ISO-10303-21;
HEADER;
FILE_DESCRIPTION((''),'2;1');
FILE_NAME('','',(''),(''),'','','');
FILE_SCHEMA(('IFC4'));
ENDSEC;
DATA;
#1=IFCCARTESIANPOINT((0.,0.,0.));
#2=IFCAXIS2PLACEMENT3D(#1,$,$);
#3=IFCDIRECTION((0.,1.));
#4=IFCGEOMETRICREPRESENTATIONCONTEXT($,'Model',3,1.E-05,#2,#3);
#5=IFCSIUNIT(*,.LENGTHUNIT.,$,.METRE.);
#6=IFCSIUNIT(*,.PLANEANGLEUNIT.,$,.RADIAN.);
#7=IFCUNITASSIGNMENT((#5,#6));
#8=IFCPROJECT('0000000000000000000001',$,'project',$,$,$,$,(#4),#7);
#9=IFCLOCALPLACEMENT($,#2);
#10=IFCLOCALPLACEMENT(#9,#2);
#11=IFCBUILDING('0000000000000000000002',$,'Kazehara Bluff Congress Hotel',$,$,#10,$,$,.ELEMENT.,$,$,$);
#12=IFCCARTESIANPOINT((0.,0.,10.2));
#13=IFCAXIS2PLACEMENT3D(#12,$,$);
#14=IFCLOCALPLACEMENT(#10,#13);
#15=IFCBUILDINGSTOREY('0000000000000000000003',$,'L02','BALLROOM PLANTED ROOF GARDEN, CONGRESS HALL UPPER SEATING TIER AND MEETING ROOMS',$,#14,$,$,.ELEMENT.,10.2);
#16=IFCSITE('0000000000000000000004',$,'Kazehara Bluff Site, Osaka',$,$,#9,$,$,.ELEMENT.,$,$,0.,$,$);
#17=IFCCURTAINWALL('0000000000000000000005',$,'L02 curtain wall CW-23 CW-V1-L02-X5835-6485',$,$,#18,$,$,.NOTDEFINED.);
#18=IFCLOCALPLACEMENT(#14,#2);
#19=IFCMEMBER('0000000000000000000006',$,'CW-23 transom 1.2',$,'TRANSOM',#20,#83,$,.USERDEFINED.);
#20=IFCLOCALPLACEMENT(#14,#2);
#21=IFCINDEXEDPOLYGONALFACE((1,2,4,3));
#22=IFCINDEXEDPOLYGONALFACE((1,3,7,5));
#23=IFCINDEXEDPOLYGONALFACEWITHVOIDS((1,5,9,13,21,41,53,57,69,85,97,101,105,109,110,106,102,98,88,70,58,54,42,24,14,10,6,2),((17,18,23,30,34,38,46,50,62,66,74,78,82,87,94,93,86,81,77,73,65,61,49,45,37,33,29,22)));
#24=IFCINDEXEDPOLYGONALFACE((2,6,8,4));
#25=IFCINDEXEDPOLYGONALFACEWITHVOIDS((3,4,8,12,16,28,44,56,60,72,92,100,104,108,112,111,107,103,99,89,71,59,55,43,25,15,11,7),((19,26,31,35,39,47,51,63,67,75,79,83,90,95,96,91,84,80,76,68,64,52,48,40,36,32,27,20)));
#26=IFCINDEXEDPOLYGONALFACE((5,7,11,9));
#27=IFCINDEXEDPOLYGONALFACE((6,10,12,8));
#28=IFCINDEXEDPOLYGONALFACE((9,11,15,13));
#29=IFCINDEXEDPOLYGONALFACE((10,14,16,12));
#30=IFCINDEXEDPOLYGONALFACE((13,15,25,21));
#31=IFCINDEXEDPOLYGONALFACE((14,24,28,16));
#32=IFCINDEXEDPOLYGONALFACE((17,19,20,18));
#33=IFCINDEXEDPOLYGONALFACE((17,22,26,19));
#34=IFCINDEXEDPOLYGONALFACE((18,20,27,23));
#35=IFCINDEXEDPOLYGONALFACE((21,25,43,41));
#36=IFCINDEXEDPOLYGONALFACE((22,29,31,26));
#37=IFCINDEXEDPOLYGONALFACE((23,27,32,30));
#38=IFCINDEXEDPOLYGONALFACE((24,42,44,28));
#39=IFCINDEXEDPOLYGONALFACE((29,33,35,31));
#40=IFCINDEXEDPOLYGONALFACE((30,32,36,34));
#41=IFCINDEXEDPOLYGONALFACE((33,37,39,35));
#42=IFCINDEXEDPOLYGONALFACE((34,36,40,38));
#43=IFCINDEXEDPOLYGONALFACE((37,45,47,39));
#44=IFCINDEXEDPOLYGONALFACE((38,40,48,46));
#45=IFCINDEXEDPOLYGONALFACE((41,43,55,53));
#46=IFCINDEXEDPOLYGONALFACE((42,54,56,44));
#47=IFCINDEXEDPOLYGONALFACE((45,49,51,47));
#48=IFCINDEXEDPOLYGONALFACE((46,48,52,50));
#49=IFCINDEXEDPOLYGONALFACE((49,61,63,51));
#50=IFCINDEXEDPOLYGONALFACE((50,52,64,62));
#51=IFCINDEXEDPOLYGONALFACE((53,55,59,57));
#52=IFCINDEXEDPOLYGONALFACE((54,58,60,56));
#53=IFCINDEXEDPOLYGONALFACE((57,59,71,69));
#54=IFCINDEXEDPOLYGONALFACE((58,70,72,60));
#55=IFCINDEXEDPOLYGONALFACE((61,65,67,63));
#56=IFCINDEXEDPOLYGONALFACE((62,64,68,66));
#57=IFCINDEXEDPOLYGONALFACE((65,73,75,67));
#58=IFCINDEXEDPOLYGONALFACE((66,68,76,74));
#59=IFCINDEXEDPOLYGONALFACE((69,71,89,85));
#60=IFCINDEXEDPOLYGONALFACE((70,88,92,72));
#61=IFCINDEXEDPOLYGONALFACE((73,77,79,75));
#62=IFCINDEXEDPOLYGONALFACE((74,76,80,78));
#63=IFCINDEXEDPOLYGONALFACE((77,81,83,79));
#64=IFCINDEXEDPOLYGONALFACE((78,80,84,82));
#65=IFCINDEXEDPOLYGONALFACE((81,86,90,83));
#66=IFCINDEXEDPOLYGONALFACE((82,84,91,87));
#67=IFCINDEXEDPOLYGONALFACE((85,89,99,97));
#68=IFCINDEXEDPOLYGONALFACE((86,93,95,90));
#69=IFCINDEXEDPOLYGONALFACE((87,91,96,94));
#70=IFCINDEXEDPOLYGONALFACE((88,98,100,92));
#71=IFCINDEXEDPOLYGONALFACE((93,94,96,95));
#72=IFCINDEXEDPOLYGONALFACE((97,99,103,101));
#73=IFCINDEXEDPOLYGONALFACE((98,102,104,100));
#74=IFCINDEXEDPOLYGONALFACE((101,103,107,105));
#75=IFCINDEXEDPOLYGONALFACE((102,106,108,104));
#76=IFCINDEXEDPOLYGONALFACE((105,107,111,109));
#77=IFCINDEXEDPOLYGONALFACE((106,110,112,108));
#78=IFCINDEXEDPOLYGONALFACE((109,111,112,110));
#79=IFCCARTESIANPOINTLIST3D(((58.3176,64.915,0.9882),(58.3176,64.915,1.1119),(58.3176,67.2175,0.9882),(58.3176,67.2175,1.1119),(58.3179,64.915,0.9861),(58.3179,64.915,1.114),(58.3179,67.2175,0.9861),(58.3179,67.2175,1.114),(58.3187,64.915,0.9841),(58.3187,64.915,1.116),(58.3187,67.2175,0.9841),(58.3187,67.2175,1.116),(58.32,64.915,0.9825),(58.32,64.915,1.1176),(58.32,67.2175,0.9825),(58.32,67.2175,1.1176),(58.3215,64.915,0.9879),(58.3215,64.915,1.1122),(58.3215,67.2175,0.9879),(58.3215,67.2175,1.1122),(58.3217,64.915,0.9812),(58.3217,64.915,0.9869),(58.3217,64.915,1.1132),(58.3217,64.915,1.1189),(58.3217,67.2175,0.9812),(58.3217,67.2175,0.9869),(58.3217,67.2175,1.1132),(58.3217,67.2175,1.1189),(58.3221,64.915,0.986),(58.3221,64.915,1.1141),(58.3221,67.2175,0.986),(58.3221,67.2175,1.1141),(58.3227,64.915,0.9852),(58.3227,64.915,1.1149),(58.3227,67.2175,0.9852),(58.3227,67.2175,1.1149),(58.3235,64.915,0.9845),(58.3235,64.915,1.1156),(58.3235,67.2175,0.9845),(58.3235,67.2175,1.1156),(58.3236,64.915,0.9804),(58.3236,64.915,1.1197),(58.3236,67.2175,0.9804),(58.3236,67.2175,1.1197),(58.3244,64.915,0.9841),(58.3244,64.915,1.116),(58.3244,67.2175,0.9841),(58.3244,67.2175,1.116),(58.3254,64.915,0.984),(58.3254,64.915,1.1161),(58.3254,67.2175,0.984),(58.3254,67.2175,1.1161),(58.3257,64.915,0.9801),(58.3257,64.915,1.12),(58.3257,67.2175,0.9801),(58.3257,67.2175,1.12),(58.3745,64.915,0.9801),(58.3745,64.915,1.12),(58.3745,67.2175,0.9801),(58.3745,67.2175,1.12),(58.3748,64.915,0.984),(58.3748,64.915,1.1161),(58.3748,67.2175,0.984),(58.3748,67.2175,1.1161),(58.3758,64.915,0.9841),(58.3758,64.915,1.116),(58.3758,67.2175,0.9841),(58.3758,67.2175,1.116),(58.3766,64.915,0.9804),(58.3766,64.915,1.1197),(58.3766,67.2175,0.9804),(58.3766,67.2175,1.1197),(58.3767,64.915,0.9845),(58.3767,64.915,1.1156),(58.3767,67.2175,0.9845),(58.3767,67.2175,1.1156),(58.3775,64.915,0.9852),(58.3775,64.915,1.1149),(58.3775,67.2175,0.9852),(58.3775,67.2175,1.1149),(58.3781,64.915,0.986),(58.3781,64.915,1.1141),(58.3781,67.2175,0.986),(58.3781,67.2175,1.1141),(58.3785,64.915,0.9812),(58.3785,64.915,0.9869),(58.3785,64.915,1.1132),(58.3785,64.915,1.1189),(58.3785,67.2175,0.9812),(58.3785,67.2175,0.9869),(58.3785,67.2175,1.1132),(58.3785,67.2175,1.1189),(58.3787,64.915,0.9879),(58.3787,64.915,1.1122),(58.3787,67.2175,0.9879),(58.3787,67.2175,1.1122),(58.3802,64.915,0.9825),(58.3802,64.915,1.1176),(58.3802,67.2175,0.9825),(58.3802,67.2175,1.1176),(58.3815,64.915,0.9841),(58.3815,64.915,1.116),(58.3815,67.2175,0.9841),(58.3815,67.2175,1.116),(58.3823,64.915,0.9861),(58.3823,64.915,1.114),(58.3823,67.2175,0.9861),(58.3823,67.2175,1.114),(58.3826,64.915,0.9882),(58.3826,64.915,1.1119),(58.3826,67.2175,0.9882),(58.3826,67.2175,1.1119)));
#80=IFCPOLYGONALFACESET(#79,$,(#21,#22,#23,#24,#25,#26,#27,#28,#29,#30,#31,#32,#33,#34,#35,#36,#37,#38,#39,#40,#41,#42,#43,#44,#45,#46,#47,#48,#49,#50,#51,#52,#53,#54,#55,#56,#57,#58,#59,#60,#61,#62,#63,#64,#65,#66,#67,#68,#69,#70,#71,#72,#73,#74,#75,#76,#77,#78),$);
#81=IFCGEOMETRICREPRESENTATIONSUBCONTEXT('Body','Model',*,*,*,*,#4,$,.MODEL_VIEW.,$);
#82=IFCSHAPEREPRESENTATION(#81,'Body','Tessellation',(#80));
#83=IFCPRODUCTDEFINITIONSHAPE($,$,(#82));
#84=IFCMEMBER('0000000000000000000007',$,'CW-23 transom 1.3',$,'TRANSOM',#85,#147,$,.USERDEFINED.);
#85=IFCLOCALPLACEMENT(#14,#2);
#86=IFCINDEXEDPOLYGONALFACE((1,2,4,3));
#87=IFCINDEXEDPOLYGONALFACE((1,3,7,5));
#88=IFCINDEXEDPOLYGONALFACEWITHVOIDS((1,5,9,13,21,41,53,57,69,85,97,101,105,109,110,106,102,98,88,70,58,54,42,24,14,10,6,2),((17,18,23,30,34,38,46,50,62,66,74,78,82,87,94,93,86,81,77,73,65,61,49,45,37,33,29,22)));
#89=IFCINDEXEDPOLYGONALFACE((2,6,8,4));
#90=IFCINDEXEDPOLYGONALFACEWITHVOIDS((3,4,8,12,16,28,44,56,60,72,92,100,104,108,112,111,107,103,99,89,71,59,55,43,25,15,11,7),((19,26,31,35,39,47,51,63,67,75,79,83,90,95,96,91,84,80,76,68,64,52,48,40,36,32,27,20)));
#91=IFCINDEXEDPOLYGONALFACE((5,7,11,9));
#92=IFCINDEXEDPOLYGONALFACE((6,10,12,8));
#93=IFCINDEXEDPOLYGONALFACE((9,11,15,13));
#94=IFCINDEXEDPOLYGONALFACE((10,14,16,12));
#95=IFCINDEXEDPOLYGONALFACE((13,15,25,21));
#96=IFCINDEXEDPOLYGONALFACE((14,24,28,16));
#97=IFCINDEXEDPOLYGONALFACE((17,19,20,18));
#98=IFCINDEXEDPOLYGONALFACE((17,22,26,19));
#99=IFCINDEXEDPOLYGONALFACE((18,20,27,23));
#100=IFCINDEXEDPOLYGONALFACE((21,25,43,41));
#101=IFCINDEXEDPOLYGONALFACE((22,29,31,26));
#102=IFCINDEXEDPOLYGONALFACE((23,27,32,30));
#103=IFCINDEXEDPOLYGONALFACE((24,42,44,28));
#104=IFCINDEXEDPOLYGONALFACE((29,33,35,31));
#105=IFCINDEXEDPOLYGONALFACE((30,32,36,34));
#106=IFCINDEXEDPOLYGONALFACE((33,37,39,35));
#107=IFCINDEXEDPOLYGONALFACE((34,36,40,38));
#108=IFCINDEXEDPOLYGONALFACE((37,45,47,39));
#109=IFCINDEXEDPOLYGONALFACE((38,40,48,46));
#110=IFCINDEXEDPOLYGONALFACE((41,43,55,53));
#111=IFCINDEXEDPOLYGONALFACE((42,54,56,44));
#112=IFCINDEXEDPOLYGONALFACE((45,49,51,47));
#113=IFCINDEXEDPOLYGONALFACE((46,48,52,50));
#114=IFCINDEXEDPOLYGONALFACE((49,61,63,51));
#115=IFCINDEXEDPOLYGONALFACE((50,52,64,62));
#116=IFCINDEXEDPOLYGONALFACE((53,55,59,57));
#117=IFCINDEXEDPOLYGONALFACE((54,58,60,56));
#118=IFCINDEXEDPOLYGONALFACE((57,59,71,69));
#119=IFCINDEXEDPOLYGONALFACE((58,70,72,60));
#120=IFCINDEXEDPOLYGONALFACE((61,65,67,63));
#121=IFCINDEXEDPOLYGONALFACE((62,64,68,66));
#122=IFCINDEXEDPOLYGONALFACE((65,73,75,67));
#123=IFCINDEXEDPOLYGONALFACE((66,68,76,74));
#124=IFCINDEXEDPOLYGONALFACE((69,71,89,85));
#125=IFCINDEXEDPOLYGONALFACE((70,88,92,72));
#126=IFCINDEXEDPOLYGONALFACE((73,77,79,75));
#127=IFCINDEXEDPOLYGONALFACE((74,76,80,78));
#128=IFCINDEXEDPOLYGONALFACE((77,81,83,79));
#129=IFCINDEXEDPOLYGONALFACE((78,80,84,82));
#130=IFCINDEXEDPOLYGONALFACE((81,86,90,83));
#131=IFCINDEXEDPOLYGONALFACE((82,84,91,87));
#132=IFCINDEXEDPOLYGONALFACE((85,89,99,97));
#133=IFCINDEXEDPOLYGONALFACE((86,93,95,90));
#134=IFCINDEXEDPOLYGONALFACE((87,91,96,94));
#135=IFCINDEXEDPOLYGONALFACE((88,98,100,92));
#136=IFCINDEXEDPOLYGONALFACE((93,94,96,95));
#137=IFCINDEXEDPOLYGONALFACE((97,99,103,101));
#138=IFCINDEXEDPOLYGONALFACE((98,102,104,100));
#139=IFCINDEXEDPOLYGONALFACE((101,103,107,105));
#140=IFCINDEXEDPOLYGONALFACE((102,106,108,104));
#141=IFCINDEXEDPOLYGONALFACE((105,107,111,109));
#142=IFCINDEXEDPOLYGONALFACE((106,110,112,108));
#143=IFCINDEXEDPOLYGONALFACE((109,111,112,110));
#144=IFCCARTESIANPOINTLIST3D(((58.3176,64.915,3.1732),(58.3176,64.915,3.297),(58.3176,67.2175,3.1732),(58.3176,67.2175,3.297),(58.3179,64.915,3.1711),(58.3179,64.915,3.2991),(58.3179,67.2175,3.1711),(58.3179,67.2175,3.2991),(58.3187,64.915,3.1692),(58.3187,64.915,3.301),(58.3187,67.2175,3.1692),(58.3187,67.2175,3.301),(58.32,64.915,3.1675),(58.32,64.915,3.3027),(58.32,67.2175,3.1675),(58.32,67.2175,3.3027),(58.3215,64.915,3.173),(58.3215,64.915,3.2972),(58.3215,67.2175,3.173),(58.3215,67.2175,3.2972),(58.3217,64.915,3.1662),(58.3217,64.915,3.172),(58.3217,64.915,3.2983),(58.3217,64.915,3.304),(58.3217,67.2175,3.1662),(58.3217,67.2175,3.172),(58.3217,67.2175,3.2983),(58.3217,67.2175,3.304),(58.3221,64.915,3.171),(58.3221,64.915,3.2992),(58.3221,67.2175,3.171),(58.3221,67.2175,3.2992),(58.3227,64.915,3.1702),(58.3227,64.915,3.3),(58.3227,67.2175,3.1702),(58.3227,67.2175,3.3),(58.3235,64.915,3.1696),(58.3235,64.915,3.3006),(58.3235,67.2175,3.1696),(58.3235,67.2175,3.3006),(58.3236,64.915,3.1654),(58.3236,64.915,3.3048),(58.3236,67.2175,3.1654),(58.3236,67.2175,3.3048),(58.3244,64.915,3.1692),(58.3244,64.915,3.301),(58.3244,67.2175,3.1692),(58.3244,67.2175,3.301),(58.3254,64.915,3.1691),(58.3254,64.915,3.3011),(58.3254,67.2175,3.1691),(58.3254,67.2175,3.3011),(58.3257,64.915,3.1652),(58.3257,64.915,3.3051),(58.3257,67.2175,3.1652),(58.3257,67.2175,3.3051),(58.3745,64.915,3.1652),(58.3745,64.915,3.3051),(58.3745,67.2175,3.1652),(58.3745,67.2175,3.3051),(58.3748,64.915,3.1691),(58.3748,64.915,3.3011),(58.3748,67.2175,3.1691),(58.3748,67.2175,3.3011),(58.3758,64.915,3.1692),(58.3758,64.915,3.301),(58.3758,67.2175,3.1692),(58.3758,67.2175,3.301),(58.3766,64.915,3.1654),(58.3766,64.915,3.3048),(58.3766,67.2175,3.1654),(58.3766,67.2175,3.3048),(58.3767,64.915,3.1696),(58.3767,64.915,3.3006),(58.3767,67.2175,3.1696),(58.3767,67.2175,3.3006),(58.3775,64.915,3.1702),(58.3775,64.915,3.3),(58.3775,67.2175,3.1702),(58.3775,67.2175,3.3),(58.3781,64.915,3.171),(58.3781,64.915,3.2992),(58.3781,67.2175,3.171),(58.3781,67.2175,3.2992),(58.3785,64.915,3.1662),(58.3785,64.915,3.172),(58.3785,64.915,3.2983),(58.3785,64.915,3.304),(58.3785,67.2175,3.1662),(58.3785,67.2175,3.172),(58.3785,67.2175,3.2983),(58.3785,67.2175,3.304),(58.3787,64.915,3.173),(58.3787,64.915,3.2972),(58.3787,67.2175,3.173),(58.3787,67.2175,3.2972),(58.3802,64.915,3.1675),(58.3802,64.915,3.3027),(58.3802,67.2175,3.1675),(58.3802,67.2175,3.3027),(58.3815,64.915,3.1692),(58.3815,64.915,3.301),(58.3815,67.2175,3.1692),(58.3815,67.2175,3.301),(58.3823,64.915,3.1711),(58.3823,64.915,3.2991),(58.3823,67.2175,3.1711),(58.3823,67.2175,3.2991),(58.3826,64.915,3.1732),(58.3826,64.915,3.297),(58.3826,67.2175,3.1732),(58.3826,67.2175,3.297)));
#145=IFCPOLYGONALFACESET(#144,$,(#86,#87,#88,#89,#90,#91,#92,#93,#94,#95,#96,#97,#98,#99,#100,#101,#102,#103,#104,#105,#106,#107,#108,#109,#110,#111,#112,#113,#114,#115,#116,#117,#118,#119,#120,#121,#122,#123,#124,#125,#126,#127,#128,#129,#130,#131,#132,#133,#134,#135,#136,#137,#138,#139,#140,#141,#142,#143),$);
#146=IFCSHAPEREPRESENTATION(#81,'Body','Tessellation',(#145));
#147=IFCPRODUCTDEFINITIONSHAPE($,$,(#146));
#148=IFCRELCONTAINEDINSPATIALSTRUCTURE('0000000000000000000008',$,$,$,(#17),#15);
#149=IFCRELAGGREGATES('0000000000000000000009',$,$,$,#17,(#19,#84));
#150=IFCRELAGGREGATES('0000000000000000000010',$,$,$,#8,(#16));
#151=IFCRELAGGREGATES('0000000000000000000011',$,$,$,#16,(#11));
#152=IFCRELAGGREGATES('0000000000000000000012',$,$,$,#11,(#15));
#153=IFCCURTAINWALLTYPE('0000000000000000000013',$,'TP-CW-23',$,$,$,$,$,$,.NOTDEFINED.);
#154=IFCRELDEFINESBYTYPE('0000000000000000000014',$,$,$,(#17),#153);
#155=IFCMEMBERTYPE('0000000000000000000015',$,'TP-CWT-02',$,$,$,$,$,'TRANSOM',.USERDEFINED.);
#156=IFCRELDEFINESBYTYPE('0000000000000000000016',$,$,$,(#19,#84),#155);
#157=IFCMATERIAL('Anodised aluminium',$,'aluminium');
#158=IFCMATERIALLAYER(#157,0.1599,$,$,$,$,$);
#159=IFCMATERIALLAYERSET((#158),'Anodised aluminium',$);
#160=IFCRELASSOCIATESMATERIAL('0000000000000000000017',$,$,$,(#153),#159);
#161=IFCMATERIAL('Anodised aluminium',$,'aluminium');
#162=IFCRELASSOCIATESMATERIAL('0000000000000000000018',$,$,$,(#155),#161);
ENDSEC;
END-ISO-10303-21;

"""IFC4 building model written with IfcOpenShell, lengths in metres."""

from ifc_helpers import new_model, si_unit, direction, frame, origin, origin_2d, place, context, subcontext, project, spatial, hollow_rectangle, extrude, material, layer, layer_set, material_profile, profile_set, type_object, element, aggregate, save


model = new_model("IFC4")

# Units and contexts
model_context = context("Model", 3, precision=1e-05, world=origin(), true_north=direction((0.0, 1.0)))
body_context = subcontext(model_context, "Body", "Model", "MODEL_VIEW")
ifc_project = project(units=[si_unit("LENGTHUNIT", "METRE"), si_unit("PLANEANGLEUNIT", "RADIAN")], contexts=[model_context])

# Site, building, storey
site_placement = place(None, origin())
site = spatial("IfcSite", under=ifc_project, at=site_placement, Name="Kazehara Bluff Site, Osaka", CompositionType="ELEMENT", RefElevation=0.0)
building_placement = place(site_placement, origin())
building = spatial("IfcBuilding", under=site, at=building_placement, Name="Kazehara Bluff Congress Hotel", CompositionType="ELEMENT")
storey_placement = place(building_placement, frame((0.0, 0.0, 10.2)))
storey = spatial("IfcBuildingStorey", under=building, at=storey_placement, Name="L02", Description="BALLROOM PLANTED ROOF GARDEN, CONGRESS HALL UPPER SEATING TIER AND MEETING ROOMS", CompositionType="ELEMENT", Elevation=10.2)

# Curtain wall
ifc_material_1 = material(Name="Anodised aluminium", Category="aluminium")
ifc_layer_1 = layer(ifc_material_1, 0.1599)
ifc_layer_set_1 = layer_set([ifc_layer_1], Name="Anodised aluminium")
curtain_wall_type = type_object("IfcCurtainWallType", Name="TP-CW-23", PredefinedType="NOTDEFINED", material=ifc_layer_set_1)
curtain_wall_1_placement = place(storey_placement, origin())
curtain_wall_1 = element("IfcCurtainWall", 1, at=curtain_wall_1_placement, inside=storey, type_object=curtain_wall_type, Name="L02 curtain wall CW-23 CW-V1-L02-X5835-6485", PredefinedType="NOTDEFINED")

# Members
ifc_material_2 = material(Name="Anodised aluminium", Category="aluminium")
ifc_material_profile_1 = material_profile(ifc_material_2, hollow_rectangle(XDim=0.0649, YDim=0.1399, WallThickness=0.0039, InnerFilletRadius=0.0039, OuterFilletRadius=0.0081, at=origin_2d()))
ifc_profile_set_1 = profile_set([ifc_material_profile_1], Name="Anodised aluminium")
member_type_1 = type_object("IfcMemberType", Name="TP-CWT-02", ElementType="TRANSOM", PredefinedType="USERDEFINED", material=ifc_profile_set_1)
member_1_placement = place(storey_placement, frame((58.3501, 64.915, 1.05), z_axis=(0.0, 1.0, 0.0), x_axis=(-1.0, 0.0, 0.0)))
member_1 = element("IfcMember", 2, at=member_1_placement, type_object=member_type_1, Name="CW-23 transom 1.2", ObjectType="TRANSOM", PredefinedType="USERDEFINED", context=body_context, shape_type="SweptSolid", body=[
    extrude(hollow_rectangle(XDim=0.0649, YDim=0.1399, WallThickness=0.0039, InnerFilletRadius=0.0039, OuterFilletRadius=0.0081, at=origin_2d()), origin(), (0.0, 0.0, 1.0), 2.3025),
])
member_2_placement = place(storey_placement, frame((58.3501, 64.915, 3.2351), z_axis=(0.0, 1.0, 0.0), x_axis=(-1.0, 0.0, 0.0)))
member_2 = element("IfcMember", 3, at=member_2_placement, type_object=member_type_1, Name="CW-23 transom 1.3", ObjectType="TRANSOM", PredefinedType="USERDEFINED", context=body_context, shape_type="SweptSolid", body=[
    extrude(hollow_rectangle(XDim=0.0649, YDim=0.1399, WallThickness=0.0039, InnerFilletRadius=0.0039, OuterFilletRadius=0.0081, at=origin_2d()), origin(), (0.0, 0.0, 1.0), 2.3025),
])

aggregate(curtain_wall_1, [member_1, member_2])

save(model, "model.ifc")
